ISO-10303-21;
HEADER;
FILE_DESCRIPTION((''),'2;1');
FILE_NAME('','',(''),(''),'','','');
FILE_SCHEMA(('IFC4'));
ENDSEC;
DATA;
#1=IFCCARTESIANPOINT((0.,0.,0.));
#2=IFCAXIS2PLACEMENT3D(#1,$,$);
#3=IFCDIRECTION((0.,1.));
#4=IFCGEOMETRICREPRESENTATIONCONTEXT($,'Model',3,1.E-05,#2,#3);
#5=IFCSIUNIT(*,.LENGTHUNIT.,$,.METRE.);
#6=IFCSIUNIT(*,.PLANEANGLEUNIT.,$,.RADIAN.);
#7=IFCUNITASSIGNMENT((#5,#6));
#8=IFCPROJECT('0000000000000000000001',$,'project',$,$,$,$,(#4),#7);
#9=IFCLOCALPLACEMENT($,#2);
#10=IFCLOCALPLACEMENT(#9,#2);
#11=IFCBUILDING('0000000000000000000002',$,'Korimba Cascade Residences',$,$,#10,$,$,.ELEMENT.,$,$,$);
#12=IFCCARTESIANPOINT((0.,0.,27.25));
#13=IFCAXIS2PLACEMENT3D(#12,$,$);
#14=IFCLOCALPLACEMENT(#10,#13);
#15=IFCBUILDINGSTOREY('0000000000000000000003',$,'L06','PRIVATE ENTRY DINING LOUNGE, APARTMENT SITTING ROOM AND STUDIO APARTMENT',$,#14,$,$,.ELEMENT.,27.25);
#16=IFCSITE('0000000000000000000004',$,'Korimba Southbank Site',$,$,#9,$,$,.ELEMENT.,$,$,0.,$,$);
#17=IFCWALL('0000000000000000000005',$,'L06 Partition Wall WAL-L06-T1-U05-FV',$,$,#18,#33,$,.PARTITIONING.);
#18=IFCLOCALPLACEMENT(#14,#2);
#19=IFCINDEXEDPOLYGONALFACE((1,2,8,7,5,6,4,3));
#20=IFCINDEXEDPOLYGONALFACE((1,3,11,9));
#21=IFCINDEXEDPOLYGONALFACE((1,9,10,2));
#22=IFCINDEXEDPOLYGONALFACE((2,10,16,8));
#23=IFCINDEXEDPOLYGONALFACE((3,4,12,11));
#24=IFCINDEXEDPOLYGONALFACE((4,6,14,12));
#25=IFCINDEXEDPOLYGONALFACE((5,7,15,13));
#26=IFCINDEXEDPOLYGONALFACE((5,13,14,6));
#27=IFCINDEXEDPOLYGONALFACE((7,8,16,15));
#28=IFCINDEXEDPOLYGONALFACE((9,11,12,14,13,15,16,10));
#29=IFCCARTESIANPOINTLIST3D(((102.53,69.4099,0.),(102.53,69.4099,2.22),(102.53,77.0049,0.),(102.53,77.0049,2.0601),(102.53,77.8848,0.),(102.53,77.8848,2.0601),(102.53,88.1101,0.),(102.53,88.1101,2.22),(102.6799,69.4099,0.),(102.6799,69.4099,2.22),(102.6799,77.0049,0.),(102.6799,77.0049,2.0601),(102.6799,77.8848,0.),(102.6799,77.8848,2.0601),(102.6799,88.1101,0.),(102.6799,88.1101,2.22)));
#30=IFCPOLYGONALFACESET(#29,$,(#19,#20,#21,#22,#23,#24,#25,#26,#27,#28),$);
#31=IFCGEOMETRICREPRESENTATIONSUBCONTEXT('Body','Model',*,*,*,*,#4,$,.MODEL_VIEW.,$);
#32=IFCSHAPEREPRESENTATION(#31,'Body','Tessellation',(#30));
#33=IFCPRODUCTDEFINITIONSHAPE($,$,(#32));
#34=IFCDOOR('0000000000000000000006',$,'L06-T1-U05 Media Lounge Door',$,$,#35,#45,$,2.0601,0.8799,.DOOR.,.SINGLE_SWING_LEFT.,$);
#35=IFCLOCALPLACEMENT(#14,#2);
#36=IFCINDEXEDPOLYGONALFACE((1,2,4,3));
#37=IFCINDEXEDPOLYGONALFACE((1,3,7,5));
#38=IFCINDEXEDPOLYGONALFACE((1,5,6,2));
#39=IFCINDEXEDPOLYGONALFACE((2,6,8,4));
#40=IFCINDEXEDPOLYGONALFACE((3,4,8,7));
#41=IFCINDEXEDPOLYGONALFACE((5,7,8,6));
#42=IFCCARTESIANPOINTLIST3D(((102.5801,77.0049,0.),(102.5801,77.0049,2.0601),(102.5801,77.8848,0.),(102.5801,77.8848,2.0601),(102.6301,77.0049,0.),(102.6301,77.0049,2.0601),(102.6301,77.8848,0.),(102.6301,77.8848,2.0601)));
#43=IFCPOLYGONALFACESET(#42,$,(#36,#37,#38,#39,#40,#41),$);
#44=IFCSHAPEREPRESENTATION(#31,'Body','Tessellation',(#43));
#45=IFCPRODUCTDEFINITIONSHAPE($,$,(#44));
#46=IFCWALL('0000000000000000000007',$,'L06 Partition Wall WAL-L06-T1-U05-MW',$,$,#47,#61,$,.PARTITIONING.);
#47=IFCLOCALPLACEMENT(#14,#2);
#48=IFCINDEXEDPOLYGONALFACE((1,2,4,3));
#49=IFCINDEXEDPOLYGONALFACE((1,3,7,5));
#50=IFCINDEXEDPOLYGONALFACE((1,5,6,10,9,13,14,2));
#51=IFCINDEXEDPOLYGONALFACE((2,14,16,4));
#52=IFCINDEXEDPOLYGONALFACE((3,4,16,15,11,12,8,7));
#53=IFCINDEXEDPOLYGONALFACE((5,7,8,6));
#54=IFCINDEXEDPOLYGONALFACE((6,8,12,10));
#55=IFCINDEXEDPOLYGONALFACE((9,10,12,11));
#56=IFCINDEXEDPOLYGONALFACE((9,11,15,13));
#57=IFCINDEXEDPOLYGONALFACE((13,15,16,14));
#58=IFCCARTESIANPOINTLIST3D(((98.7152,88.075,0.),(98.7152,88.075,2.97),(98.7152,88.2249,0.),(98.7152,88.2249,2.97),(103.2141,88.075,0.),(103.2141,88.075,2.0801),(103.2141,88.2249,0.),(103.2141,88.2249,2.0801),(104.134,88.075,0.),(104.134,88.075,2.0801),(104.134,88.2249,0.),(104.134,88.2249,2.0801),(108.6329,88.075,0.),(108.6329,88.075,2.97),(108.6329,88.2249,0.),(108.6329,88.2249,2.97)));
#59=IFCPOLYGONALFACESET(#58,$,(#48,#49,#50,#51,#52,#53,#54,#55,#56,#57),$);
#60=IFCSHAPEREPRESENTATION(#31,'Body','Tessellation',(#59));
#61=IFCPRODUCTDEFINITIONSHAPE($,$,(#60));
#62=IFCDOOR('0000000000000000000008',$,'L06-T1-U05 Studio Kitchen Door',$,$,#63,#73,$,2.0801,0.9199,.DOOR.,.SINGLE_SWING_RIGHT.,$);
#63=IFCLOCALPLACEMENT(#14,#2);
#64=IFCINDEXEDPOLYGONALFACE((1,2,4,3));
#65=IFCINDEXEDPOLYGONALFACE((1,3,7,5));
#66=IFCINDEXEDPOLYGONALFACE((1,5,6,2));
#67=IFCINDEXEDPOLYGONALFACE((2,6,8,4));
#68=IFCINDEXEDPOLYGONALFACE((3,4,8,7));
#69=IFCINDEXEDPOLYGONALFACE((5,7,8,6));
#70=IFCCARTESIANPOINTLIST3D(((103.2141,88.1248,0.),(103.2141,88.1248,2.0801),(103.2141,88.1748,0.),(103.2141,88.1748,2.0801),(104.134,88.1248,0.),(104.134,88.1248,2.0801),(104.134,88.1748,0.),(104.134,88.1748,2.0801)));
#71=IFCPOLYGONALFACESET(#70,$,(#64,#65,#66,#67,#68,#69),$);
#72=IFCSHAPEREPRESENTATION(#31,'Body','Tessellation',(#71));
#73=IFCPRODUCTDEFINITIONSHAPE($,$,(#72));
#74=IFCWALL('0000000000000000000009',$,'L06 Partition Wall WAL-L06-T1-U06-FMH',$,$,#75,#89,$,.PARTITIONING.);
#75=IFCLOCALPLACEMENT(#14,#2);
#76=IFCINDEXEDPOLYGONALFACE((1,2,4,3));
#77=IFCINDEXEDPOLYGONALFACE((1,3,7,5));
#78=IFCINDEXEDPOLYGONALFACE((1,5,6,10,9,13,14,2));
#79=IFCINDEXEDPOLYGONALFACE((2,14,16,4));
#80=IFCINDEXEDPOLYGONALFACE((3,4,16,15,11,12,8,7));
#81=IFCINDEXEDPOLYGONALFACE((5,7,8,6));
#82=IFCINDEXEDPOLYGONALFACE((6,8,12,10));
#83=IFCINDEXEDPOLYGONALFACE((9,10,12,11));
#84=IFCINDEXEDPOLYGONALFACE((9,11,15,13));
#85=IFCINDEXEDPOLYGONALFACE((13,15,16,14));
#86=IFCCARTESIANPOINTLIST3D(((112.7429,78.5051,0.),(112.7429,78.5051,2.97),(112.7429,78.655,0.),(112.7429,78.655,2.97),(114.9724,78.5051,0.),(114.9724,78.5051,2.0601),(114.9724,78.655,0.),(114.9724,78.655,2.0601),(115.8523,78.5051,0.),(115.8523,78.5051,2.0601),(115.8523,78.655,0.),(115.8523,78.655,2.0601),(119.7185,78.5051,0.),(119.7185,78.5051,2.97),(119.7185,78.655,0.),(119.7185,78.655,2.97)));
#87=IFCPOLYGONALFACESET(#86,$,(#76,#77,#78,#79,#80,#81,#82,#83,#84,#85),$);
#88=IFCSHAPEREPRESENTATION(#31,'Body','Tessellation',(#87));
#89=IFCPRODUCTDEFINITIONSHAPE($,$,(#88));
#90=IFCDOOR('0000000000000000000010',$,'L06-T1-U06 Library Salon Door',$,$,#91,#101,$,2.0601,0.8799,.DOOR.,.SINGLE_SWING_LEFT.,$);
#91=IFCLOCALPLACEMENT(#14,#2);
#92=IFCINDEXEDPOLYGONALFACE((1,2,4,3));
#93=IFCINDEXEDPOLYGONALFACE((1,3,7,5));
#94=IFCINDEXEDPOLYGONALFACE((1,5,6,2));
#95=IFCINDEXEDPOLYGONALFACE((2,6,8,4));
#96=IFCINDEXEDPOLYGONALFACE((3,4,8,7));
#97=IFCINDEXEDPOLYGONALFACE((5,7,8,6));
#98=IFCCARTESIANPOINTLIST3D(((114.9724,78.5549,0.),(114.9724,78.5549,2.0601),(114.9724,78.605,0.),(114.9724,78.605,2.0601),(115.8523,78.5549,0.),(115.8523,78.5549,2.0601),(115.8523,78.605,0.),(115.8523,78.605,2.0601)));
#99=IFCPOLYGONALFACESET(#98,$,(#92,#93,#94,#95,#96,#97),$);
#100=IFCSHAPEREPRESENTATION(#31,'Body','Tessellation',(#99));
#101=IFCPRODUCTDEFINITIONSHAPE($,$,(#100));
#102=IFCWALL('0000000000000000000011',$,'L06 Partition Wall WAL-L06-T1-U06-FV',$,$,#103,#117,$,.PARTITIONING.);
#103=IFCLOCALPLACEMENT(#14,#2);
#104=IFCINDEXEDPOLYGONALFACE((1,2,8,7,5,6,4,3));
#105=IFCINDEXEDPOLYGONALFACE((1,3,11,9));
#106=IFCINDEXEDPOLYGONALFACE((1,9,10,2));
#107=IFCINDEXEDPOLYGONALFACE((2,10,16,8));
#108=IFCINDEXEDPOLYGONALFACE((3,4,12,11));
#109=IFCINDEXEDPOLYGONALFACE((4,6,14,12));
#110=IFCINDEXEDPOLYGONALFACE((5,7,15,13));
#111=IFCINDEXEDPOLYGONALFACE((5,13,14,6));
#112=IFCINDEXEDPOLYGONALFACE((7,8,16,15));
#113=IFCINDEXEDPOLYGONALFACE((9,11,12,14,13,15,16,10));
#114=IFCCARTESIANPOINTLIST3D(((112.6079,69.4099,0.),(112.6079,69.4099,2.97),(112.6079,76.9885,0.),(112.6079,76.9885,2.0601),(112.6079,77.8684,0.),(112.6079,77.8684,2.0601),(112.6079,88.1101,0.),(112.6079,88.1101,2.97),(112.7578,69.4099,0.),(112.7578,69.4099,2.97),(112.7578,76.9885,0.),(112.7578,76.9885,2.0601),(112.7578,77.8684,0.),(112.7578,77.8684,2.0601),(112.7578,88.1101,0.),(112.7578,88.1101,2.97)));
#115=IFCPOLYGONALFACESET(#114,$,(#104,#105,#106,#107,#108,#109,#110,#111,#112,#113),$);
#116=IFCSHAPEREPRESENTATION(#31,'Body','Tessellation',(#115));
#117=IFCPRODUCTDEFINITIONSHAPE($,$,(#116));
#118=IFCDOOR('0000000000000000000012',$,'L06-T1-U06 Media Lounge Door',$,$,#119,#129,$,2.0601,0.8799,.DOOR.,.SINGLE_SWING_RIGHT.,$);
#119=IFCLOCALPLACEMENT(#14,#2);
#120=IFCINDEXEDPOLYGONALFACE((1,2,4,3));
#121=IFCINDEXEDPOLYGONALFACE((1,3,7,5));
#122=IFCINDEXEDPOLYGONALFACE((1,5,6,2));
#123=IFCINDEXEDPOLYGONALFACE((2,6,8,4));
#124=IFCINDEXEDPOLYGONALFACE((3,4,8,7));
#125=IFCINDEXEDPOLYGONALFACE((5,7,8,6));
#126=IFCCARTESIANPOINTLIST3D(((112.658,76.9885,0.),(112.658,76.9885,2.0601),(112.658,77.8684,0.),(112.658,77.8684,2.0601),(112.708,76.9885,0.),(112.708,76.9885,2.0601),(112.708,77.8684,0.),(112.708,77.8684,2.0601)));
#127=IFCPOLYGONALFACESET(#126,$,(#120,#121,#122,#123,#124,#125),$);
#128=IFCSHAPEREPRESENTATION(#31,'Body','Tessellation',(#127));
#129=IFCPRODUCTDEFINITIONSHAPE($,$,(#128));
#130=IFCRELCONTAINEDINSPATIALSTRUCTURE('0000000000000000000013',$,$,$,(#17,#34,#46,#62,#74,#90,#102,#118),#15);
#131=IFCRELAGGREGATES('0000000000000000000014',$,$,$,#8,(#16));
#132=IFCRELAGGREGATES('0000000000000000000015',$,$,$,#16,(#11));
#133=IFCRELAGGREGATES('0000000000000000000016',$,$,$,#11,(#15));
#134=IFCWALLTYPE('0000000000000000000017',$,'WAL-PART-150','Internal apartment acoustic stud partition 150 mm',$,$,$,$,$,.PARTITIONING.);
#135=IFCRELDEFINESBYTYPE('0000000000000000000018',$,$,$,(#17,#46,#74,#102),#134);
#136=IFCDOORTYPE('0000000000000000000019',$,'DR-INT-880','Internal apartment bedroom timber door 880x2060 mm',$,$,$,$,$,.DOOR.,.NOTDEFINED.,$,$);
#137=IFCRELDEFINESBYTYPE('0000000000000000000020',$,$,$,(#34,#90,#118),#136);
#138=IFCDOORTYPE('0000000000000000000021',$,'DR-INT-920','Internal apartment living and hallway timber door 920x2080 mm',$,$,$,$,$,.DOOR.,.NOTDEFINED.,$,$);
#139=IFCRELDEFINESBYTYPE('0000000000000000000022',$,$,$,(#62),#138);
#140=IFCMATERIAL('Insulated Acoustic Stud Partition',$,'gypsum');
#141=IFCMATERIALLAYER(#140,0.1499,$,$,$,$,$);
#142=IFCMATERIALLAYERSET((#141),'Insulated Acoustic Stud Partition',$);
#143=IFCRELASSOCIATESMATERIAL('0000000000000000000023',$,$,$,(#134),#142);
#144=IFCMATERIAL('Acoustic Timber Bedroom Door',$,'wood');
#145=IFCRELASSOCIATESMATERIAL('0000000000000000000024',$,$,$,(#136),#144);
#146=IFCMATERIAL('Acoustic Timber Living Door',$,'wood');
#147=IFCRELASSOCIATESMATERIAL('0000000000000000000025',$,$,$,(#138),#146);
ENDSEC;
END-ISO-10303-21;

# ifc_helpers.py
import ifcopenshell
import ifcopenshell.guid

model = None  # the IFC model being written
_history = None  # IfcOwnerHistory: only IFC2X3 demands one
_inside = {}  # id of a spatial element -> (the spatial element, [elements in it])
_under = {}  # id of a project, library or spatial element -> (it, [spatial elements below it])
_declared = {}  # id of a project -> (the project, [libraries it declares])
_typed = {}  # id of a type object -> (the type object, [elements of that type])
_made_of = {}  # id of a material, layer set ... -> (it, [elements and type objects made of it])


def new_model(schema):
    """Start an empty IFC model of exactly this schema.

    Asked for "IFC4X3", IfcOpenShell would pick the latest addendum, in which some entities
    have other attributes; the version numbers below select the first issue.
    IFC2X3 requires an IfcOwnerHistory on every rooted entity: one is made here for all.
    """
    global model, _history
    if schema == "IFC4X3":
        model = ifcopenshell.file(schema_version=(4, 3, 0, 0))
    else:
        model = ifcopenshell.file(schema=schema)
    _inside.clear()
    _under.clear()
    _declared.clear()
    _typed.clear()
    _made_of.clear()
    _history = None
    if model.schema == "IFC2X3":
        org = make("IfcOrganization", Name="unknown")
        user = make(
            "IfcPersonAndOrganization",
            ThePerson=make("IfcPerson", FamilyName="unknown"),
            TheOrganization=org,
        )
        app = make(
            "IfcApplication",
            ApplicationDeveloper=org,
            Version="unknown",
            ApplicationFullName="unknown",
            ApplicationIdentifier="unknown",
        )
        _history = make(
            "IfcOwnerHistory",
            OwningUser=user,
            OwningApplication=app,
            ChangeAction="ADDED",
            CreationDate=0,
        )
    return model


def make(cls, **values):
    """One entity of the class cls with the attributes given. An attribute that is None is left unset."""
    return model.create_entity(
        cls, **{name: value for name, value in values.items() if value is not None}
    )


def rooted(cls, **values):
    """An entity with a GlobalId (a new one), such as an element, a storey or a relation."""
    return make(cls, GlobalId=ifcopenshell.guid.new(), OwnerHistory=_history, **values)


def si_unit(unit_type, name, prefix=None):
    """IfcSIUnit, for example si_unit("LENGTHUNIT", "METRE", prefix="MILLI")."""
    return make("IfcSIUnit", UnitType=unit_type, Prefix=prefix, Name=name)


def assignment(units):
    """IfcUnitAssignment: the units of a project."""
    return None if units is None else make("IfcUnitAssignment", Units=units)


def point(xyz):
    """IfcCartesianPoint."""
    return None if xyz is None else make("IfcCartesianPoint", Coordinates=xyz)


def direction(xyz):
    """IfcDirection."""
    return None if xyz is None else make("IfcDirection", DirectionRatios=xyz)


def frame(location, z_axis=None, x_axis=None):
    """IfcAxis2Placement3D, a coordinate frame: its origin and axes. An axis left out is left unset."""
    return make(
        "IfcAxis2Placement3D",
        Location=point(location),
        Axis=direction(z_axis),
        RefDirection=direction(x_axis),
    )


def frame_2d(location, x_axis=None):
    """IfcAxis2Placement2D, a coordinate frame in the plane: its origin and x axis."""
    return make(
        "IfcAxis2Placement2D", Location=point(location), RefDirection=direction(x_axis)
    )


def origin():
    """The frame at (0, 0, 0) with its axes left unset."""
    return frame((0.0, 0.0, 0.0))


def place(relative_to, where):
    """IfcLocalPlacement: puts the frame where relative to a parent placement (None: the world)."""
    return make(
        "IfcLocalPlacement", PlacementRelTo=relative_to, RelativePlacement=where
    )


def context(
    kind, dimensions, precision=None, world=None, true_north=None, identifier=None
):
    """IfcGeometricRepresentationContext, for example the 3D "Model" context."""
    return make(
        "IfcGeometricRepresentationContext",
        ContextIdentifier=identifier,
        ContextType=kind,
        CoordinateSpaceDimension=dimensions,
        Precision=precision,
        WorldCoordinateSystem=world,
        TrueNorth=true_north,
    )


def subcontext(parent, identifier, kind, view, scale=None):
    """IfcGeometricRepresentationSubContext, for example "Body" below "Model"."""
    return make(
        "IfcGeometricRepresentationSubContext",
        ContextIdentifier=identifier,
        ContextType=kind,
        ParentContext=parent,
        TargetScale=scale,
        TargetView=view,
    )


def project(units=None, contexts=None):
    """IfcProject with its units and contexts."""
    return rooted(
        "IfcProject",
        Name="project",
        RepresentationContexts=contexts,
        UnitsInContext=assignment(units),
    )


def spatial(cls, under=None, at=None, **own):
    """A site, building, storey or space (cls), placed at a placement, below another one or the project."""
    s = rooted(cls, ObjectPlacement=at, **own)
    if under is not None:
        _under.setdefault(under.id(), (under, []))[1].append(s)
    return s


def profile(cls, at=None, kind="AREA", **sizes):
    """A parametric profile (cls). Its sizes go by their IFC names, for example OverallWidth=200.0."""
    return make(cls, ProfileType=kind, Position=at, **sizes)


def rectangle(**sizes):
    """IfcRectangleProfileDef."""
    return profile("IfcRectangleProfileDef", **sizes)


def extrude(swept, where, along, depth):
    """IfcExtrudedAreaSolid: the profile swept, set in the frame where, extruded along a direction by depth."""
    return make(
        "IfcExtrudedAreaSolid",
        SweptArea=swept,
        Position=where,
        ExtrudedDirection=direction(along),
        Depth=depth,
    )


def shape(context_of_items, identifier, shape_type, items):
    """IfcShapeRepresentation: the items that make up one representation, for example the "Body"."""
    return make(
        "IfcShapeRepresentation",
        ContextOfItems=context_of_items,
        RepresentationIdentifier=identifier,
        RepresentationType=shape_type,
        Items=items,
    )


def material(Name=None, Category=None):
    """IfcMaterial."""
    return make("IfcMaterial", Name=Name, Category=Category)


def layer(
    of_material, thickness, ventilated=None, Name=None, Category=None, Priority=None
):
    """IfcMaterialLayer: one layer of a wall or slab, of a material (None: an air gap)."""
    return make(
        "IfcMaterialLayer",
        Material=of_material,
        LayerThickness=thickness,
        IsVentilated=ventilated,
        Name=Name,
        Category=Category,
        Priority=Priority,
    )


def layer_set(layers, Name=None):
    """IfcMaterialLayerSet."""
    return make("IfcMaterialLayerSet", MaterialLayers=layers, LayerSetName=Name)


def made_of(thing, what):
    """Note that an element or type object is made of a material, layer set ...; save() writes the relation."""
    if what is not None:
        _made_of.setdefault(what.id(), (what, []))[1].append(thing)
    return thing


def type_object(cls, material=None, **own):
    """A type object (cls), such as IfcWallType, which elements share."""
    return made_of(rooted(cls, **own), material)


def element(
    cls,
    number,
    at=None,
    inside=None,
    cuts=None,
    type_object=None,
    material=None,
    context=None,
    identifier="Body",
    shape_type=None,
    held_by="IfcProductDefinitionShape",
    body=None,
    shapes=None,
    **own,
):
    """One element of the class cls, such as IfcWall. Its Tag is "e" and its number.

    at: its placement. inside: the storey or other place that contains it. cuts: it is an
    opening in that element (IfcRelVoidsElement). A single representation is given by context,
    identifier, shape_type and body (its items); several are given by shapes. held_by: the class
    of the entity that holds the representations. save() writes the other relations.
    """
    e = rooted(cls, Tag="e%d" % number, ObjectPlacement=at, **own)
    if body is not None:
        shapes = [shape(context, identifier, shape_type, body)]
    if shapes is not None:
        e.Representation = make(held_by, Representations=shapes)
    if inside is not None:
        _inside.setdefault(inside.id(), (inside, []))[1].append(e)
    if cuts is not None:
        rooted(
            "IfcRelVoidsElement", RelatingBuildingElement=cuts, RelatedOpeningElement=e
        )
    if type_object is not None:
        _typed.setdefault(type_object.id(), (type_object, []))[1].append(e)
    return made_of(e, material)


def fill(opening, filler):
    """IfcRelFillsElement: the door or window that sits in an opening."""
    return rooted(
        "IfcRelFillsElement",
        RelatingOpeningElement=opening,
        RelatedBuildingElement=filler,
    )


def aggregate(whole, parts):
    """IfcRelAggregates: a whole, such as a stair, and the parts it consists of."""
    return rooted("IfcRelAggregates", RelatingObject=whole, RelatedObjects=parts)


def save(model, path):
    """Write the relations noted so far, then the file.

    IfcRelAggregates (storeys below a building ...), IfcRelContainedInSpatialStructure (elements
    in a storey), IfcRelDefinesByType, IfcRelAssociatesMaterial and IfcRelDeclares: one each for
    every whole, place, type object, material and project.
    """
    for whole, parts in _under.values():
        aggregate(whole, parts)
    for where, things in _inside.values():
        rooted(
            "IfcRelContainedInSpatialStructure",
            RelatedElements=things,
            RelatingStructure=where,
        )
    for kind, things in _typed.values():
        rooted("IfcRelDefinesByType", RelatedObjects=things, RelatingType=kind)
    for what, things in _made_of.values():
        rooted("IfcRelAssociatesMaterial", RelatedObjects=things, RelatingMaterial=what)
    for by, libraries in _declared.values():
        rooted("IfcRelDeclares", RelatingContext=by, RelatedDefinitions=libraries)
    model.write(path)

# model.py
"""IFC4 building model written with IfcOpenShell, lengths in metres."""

from ifc_helpers import new_model, si_unit, direction, frame, frame_2d, origin, place, context, subcontext, project, spatial, rectangle, extrude, material, layer, layer_set, type_object, element, fill, save


model = new_model("IFC4")

# Units and contexts
model_context = context("Model", 3, precision=1e-05, world=origin(), true_north=direction((0.0, 1.0)))
body_context = subcontext(model_context, "Body", "Model", "MODEL_VIEW")
ifc_project = project(units=[si_unit("LENGTHUNIT", "METRE"), si_unit("PLANEANGLEUNIT", "RADIAN")], contexts=[model_context])

# Site, building, storey
site_placement = place(None, origin())
site = spatial("IfcSite", under=ifc_project, at=site_placement, Name="Korimba Southbank Site", CompositionType="ELEMENT", RefElevation=0.0)
building_placement = place(site_placement, origin())
building = spatial("IfcBuilding", under=site, at=building_placement, Name="Korimba Cascade Residences", CompositionType="ELEMENT")
storey_placement = place(building_placement, frame((0.0, 0.0, 27.25)))
storey = spatial("IfcBuildingStorey", under=building, at=storey_placement, Name="L06", Description="PRIVATE ENTRY DINING LOUNGE, APARTMENT SITTING ROOM AND STUDIO APARTMENT", CompositionType="ELEMENT", Elevation=27.25)

# Walls, openings, doors
ifc_material_1 = material(Name="Insulated Acoustic Stud Partition", Category="gypsum")
ifc_layer_1 = layer(ifc_material_1, 0.1499)
ifc_layer_set_1 = layer_set([ifc_layer_1], Name="Insulated Acoustic Stud Partition")
wall_type_1 = type_object("IfcWallType", Name="WAL-PART-150", Description="Internal apartment acoustic stud partition 150 mm", PredefinedType="PARTITIONING", material=ifc_layer_set_1)
ifc_material_2 = material(Name="Acoustic Timber Bedroom Door", Category="wood")
door_type_1 = type_object("IfcDoorType", Name="DR-INT-880", Description="Internal apartment bedroom timber door 880x2060 mm", OperationType="NOTDEFINED", PredefinedType="DOOR", material=ifc_material_2)
wall_1_placement = place(storey_placement, frame((102.605, 69.4099, 0.0), z_axis=(0.0, 0.0, 1.0), x_axis=(0.0, 1.0, 0.0)))
wall_1 = element("IfcWall", 1, at=wall_1_placement, inside=storey, type_object=wall_type_1, Name="L06 Partition Wall WAL-L06-T1-U05-FV", PredefinedType="PARTITIONING", context=body_context, shape_type="SweptSolid", body=[
    extrude(rectangle(XDim=18.7002, YDim=0.1499, at=frame_2d((9.3501, 0.0))), origin(), (0.0, 0.0, 1.0), 2.22),
])
opening_1_placement = place(wall_1_placement, frame((7.595, 0.0, 0.0)))
opening_1 = element("IfcOpeningElement", 2, at=opening_1_placement, cuts=wall_1, PredefinedType="OPENING", context=body_context, shape_type="SweptSolid", body=[
    extrude(rectangle(XDim=0.8799, YDim=2.0601, at=frame_2d((0.4399, 1.03))), frame((0.0, 0.085, 0.0), z_axis=(0.0, -1.0, 0.0), x_axis=(1.0, 0.0, 0.0)), (0.0, 0.0, 1.0), 0.1699),
])
door_1_placement = place(opening_1_placement, origin())
door_1 = element("IfcDoor", 3, at=door_1_placement, inside=storey, type_object=door_type_1, Name="L06-T1-U05 Media Lounge Door", OperationType="SINGLE_SWING_LEFT", OverallHeight=2.0601, OverallWidth=0.8799, PredefinedType="DOOR", context=body_context, shape_type="SweptSolid", body=[
    extrude(rectangle(XDim=0.8799, YDim=2.0601, at=frame_2d((0.4399, 1.03))), frame((0.0, 0.0249, 0.0), z_axis=(0.0, -1.0, 0.0), x_axis=(1.0, 0.0, 0.0)), (0.0, 0.0, 1.0), 0.05),
])
fill(opening_1, door_1)
wall_2_placement = place(storey_placement, frame((98.7151, 88.1499, 0.0), z_axis=(0.0, 0.0, 1.0), x_axis=(1.0, 0.0, 0.0)))
wall_2 = element("IfcWall", 4, at=wall_2_placement, inside=storey, type_object=wall_type_1, Name="L06 Partition Wall WAL-L06-T1-U05-MW", PredefinedType="PARTITIONING", context=body_context, shape_type="SweptSolid", body=[
    extrude(rectangle(XDim=9.9177, YDim=0.1499, at=frame_2d((4.959, 0.0))), origin(), (0.0, 0.0, 1.0), 2.97),
])
opening_2_placement = place(wall_2_placement, frame((4.499, 0.0, 0.0)))
opening_2 = element("IfcOpeningElement", 5, at=opening_2_placement, cuts=wall_2, PredefinedType="OPENING", context=body_context, shape_type="SweptSolid", body=[
    extrude(rectangle(XDim=0.9199, YDim=2.0801, at=frame_2d((0.46, 1.04))), frame((0.0, 0.085, 0.0), z_axis=(0.0, -1.0, 0.0), x_axis=(1.0, 0.0, 0.0)), (0.0, 0.0, 1.0), 0.1699),
])
ifc_material_3 = material(Name="Acoustic Timber Living Door", Category="wood")
door_type_2 = type_object("IfcDoorType", Name="DR-INT-920", Description="Internal apartment living and hallway timber door 920x2080 mm", OperationType="NOTDEFINED", PredefinedType="DOOR", material=ifc_material_3)
door_2_placement = place(opening_2_placement, origin())
door_2 = element("IfcDoor", 6, at=door_2_placement, inside=storey, type_object=door_type_2, Name="L06-T1-U05 Studio Kitchen Door", OperationType="SINGLE_SWING_RIGHT", OverallHeight=2.0801, OverallWidth=0.9199, PredefinedType="DOOR", context=body_context, shape_type="SweptSolid", body=[
    extrude(rectangle(XDim=0.9199, YDim=2.0801, at=frame_2d((0.46, 1.04))), frame((0.0, 0.0249, 0.0), z_axis=(0.0, -1.0, 0.0), x_axis=(1.0, 0.0, 0.0)), (0.0, 0.0, 1.0), 0.05),
])
fill(opening_2, door_2)
wall_3_placement = place(storey_placement, frame((112.7429, 78.5801, 0.0), z_axis=(0.0, 0.0, 1.0), x_axis=(1.0, 0.0, 0.0)))
wall_3 = element("IfcWall", 7, at=wall_3_placement, inside=storey, type_object=wall_type_1, Name="L06 Partition Wall WAL-L06-T1-U06-FMH", PredefinedType="PARTITIONING", context=body_context, shape_type="SweptSolid", body=[
    extrude(rectangle(XDim=6.9756, YDim=0.1499, at=frame_2d((3.4878, 0.0))), origin(), (0.0, 0.0, 1.0), 2.97),
])
opening_3_placement = place(wall_3_placement, frame((2.2295, 0.0, 0.0)))
opening_3 = element("IfcOpeningElement", 8, at=opening_3_placement, cuts=wall_3, PredefinedType="OPENING", context=body_context, shape_type="SweptSolid", body=[
    extrude(rectangle(XDim=0.8799, YDim=2.0601, at=frame_2d((0.4399, 1.03))), frame((0.0, 0.085, 0.0), z_axis=(0.0, -1.0, 0.0), x_axis=(1.0, 0.0, 0.0)), (0.0, 0.0, 1.0), 0.1699),
])
door_3_placement = place(opening_3_placement, origin())
door_3 = element("IfcDoor", 9, at=door_3_placement, inside=storey, type_object=door_type_1, Name="L06-T1-U06 Library Salon Door", OperationType="SINGLE_SWING_LEFT", OverallHeight=2.0601, OverallWidth=0.8799, PredefinedType="DOOR", context=body_context, shape_type="SweptSolid", body=[
    extrude(rectangle(XDim=0.8799, YDim=2.0601, at=frame_2d((0.4399, 1.03))), frame((0.0, 0.0249, 0.0), z_axis=(0.0, -1.0, 0.0), x_axis=(1.0, 0.0, 0.0)), (0.0, 0.0, 1.0), 0.05),
])
fill(opening_3, door_3)
wall_4_placement = place(storey_placement, frame((112.6829, 69.4099, 0.0), z_axis=(0.0, 0.0, 1.0), x_axis=(0.0, 1.0, 0.0)))
wall_4 = element("IfcWall", 10, at=wall_4_placement, inside=storey, type_object=wall_type_1, Name="L06 Partition Wall WAL-L06-T1-U06-FV", PredefinedType="PARTITIONING", context=body_context, shape_type="SweptSolid", body=[
    extrude(rectangle(XDim=18.7002, YDim=0.1499, at=frame_2d((9.3501, 0.0))), origin(), (0.0, 0.0, 1.0), 2.97),
])
opening_4_placement = place(wall_4_placement, frame((7.5786, 0.0, 0.0)))
opening_4 = element("IfcOpeningElement", 11, at=opening_4_placement, cuts=wall_4, PredefinedType="OPENING", context=body_context, shape_type="SweptSolid", body=[
    extrude(rectangle(XDim=0.8799, YDim=2.0601, at=frame_2d((0.4399, 1.03))), frame((0.0, 0.085, 0.0), z_axis=(0.0, -1.0, 0.0), x_axis=(1.0, 0.0, 0.0)), (0.0, 0.0, 1.0), 0.1699),
])
door_4_placement = place(opening_4_placement, origin())
door_4 = element("IfcDoor", 12, at=door_4_placement, inside=storey, type_object=door_type_1, Name="L06-T1-U06 Media Lounge Door", OperationType="SINGLE_SWING_RIGHT", OverallHeight=2.0601, OverallWidth=0.8799, PredefinedType="DOOR", context=body_context, shape_type="SweptSolid", body=[
    extrude(rectangle(XDim=0.8799, YDim=2.0601, at=frame_2d((0.4399, 1.03))), frame((0.0, 0.0249, 0.0), z_axis=(0.0, -1.0, 0.0), x_axis=(1.0, 0.0, 0.0)), (0.0, 0.0, 1.0), 0.05),
])
fill(opening_4, door_4)

save(model, "model.ifc")
